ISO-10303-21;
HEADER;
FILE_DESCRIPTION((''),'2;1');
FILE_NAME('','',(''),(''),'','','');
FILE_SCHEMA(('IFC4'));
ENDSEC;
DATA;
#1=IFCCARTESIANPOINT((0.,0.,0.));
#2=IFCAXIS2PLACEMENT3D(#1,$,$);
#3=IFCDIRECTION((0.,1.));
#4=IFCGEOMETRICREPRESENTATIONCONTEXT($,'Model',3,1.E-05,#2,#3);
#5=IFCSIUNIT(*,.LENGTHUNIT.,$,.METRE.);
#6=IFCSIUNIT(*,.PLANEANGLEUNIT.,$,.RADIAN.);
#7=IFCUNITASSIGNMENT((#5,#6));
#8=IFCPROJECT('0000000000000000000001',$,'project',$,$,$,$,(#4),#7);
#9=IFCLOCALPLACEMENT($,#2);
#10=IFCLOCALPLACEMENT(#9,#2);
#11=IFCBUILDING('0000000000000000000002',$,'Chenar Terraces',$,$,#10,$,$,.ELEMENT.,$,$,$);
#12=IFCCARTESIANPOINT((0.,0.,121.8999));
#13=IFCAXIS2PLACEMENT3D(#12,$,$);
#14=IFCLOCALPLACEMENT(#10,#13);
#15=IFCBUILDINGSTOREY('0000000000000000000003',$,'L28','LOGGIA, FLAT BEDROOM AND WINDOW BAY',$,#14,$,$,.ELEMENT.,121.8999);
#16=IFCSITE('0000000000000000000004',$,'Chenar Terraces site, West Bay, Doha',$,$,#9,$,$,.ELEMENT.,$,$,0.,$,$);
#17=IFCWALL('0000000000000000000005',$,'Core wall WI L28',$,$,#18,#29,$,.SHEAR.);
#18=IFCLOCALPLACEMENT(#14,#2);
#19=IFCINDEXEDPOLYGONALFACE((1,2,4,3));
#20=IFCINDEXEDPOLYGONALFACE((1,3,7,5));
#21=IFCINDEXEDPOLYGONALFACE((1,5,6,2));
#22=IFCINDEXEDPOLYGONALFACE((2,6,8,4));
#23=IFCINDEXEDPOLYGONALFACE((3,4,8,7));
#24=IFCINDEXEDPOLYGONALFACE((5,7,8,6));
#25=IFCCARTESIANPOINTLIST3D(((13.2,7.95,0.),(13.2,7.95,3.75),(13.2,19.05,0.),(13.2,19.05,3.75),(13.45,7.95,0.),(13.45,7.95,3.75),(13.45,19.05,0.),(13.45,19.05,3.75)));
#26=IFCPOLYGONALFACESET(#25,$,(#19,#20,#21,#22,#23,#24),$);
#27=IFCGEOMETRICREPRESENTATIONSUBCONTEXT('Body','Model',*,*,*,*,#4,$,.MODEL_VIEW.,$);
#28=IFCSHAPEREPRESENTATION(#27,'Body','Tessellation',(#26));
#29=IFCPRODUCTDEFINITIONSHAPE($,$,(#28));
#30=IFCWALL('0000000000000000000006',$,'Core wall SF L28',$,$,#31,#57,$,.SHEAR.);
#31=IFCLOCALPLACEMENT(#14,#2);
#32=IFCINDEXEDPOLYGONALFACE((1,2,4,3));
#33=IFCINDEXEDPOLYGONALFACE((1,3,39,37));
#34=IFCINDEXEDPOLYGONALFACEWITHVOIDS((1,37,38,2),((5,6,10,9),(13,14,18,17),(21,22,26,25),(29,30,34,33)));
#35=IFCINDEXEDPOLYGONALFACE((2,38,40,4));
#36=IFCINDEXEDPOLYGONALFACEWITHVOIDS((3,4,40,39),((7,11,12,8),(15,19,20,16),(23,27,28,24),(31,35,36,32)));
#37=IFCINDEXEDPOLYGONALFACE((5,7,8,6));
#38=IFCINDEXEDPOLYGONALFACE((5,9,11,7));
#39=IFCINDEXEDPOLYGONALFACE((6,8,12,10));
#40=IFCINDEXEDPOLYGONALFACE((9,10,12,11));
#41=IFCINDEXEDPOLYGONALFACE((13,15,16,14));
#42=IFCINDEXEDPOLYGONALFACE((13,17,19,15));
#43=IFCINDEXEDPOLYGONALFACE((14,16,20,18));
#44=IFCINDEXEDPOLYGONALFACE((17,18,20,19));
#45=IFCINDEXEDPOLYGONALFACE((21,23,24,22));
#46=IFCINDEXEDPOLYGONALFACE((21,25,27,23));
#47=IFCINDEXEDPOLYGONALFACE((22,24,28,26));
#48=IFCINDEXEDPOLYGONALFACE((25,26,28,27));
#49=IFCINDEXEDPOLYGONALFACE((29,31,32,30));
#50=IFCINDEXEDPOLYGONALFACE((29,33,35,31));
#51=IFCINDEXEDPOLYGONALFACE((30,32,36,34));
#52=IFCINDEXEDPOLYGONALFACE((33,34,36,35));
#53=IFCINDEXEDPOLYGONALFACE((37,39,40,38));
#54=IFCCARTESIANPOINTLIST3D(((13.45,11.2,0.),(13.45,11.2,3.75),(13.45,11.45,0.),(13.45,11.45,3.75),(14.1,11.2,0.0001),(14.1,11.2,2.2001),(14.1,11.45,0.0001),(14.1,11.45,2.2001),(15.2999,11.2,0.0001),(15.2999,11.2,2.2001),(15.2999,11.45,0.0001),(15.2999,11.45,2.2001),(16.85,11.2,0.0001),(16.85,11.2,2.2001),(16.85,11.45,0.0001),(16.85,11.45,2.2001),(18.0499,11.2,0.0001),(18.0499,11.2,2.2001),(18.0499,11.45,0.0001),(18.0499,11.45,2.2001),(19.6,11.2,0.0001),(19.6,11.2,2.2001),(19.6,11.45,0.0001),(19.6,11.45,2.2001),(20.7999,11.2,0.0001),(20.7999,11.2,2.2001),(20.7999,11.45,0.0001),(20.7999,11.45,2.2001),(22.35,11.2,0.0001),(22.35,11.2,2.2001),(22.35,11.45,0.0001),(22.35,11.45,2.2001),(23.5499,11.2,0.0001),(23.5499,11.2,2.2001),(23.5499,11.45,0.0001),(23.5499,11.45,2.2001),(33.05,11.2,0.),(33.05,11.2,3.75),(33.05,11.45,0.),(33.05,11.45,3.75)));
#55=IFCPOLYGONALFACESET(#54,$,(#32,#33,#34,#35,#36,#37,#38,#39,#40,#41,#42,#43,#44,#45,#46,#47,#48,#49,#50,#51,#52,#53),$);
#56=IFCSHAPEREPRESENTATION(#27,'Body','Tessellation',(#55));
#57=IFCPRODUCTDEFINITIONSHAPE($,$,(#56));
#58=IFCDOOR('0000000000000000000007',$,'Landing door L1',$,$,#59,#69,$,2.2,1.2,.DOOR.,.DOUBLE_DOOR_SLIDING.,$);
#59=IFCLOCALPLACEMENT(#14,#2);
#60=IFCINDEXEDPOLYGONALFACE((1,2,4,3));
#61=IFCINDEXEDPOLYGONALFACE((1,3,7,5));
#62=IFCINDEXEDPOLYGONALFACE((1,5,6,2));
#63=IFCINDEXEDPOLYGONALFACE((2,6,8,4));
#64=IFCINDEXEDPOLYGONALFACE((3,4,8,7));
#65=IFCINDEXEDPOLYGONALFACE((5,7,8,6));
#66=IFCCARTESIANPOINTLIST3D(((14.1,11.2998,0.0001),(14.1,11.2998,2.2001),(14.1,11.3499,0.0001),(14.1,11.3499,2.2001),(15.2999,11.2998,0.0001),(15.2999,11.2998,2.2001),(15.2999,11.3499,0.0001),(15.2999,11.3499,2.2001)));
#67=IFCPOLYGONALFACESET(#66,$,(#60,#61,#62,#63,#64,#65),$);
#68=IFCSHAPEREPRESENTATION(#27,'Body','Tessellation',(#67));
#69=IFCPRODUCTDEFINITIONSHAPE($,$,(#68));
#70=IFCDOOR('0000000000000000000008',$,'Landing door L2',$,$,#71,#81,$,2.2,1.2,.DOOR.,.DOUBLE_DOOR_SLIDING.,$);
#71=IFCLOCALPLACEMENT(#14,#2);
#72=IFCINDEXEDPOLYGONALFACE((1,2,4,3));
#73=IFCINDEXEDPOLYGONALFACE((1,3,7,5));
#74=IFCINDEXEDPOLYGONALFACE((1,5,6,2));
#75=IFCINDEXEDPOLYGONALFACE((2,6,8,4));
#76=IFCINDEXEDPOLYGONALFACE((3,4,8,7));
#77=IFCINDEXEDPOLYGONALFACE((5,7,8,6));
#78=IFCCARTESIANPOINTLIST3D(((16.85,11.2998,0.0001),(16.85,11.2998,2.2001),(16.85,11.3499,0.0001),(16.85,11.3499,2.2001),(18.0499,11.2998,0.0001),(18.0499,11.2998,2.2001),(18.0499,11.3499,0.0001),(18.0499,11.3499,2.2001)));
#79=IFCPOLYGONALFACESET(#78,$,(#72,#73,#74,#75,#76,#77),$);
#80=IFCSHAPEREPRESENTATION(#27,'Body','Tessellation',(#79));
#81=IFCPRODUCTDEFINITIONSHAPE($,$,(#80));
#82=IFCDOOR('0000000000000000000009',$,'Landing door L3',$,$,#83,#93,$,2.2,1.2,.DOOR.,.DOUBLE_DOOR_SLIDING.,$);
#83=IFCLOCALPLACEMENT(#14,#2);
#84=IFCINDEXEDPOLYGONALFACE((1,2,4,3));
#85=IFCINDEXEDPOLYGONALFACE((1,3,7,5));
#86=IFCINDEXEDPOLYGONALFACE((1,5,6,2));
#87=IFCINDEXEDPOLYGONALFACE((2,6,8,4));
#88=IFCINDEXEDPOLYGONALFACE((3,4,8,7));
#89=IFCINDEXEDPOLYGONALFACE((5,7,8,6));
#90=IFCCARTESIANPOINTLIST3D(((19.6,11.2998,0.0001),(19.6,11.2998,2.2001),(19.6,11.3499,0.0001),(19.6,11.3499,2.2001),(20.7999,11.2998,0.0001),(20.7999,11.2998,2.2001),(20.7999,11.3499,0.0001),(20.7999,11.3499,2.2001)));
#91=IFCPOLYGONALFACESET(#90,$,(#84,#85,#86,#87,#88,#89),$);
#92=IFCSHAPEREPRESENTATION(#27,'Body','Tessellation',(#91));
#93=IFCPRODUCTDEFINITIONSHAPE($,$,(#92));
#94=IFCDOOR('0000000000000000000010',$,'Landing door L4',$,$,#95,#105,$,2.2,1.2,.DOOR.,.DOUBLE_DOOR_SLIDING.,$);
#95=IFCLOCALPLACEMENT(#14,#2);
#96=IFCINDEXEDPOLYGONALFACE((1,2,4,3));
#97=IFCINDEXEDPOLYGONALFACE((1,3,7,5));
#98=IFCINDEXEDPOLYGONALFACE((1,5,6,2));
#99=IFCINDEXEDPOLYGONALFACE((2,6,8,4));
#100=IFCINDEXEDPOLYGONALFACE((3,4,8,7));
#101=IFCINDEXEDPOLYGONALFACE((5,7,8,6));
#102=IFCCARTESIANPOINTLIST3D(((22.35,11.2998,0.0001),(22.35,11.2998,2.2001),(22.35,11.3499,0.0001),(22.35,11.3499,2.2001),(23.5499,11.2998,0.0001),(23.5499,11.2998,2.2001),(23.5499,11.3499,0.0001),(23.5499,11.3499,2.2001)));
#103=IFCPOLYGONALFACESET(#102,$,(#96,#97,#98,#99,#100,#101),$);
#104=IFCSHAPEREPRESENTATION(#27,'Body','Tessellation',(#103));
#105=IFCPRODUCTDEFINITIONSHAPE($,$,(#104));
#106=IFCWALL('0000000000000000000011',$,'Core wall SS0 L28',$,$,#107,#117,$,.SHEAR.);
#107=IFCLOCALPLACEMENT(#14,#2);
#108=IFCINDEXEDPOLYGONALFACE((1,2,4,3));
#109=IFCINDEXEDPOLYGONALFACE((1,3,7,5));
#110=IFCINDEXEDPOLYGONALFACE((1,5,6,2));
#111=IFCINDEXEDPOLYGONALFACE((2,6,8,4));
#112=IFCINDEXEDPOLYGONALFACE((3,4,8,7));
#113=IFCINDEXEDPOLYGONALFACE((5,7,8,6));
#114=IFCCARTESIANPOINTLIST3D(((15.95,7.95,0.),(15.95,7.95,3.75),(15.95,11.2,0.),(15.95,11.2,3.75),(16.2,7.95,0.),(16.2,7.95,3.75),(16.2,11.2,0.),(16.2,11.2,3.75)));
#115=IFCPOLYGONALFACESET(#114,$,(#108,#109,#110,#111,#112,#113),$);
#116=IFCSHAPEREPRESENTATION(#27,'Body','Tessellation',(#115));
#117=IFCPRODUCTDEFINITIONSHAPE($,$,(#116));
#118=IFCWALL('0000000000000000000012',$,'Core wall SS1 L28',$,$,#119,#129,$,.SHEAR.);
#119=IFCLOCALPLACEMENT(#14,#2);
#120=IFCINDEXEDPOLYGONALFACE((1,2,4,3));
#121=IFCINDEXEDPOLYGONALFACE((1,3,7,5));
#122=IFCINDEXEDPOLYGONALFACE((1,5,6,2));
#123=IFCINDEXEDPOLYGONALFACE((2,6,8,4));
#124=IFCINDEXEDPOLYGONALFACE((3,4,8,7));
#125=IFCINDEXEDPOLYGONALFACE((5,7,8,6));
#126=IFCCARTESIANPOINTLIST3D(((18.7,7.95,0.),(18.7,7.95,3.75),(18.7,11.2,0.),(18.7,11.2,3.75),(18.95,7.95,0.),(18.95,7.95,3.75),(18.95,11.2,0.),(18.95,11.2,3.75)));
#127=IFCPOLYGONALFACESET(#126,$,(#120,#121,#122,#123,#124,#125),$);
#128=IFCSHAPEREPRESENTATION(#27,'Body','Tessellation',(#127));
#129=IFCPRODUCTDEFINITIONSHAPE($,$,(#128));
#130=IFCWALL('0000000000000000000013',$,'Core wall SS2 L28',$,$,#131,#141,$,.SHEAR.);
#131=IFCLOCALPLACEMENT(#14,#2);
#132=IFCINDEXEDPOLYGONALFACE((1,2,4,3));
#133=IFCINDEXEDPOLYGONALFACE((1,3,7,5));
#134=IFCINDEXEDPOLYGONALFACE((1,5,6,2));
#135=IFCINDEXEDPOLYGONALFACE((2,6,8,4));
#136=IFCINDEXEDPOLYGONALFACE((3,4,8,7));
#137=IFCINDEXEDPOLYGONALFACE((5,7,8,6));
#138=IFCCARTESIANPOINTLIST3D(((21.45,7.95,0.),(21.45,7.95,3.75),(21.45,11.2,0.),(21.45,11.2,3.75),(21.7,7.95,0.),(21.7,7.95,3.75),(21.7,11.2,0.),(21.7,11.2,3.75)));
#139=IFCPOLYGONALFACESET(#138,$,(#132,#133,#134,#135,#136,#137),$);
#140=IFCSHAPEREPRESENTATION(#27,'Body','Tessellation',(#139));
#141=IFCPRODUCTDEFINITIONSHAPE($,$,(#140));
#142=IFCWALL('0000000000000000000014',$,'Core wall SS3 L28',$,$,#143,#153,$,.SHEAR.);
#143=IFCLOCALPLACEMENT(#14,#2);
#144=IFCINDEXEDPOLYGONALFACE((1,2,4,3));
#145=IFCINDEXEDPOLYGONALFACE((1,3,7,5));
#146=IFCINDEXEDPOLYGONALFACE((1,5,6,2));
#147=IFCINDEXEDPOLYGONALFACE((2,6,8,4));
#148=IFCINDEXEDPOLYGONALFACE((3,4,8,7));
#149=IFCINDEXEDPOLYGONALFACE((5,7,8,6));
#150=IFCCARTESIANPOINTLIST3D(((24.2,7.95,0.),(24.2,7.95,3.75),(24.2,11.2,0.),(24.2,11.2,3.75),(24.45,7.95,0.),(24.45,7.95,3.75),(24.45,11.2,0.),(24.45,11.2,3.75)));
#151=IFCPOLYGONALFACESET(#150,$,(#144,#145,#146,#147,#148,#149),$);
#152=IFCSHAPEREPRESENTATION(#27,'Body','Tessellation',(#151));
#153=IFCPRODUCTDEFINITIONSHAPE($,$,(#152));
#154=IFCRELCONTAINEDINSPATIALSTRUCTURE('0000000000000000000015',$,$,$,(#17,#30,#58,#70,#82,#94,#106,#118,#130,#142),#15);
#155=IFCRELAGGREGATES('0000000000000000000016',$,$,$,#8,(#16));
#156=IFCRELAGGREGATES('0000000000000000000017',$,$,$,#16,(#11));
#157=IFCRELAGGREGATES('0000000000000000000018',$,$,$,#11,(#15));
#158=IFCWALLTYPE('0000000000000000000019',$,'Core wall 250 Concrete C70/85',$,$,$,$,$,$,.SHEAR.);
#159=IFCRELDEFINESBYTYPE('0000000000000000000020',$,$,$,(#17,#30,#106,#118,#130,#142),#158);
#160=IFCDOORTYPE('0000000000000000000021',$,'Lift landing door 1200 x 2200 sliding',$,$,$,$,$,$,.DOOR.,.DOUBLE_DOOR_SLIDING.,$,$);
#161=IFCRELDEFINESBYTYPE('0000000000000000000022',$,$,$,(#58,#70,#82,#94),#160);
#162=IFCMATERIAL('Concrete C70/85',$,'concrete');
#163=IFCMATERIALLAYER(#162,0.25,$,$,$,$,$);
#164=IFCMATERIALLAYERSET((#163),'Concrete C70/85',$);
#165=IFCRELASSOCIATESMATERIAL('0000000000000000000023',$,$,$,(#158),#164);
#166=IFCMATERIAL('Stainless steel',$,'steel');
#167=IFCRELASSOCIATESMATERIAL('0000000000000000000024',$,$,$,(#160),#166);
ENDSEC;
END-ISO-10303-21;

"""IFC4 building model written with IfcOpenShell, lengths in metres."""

from ifc_helpers import new_model, si_unit, direction, frame, frame_2d, origin, place, context, subcontext, project, spatial, rectangle, extrude, material, layer, layer_set, type_object, element, fill, save


model = new_model("IFC4")

# Units and contexts
model_context = context("Model", 3, precision=1e-05, world=origin(), true_north=direction((0.0, 1.0)))
body_context = subcontext(model_context, "Body", "Model", "MODEL_VIEW")
ifc_project = project(units=[si_unit("LENGTHUNIT", "METRE"), si_unit("PLANEANGLEUNIT", "RADIAN")], contexts=[model_context])

# Site, building, storey
site_placement = place(None, origin())
site = spatial("IfcSite", under=ifc_project, at=site_placement, Name="Chenar Terraces site, West Bay, Doha", CompositionType="ELEMENT", RefElevation=0.0)
building_placement = place(site_placement, origin())
building = spatial("IfcBuilding", under=site, at=building_placement, Name="Chenar Terraces", CompositionType="ELEMENT")
storey_placement = place(building_placement, frame((0.0, 0.0, 121.8999)))
storey = spatial("IfcBuildingStorey", under=building, at=storey_placement, Name="L28", Description="LOGGIA, FLAT BEDROOM AND WINDOW BAY", CompositionType="ELEMENT", Elevation=121.8999)

# Wall
ifc_material_1 = material(Name="Concrete C70/85", Category="concrete")
ifc_layer_1 = layer(ifc_material_1, 0.25)
ifc_layer_set_1 = layer_set([ifc_layer_1], Name="Concrete C70/85")
wall_type_1 = type_object("IfcWallType", Name="Core wall 250 Concrete C70/85", PredefinedType="SHEAR", material=ifc_layer_set_1)
wall_1_placement = place(storey_placement, frame((13.325, 7.95, 0.0), z_axis=(0.0, 0.0, 1.0), x_axis=(0.0, 1.0, 0.0)))
element("IfcWall", 1, at=wall_1_placement, inside=storey, type_object=wall_type_1, Name="Core wall WI L28", PredefinedType="SHEAR", context=body_context, shape_type="SweptSolid", body=[
    extrude(rectangle(XDim=11.1001, YDim=0.25, at=frame_2d((5.55, 0.0))), origin(), (0.0, 0.0, 1.0), 3.75),
])

# Wall, openings, doors
wall_2_placement = place(storey_placement, frame((13.45, 11.325, 0.0), z_axis=(0.0, 0.0, 1.0), x_axis=(1.0, 0.0, 0.0)))
wall_2 = element("IfcWall", 2, at=wall_2_placement, inside=storey, type_object=wall_type_1, Name="Core wall SF L28", PredefinedType="SHEAR", context=body_context, shape_type="SweptSolid", body=[
    extrude(rectangle(XDim=19.6001, YDim=0.25, at=frame_2d((9.8, 0.0))), origin(), (0.0, 0.0, 1.0), 3.75),
])
opening_1_placement = place(wall_2_placement, frame((0.6499, 0.0, 0.0)))
opening_1 = element("IfcOpeningElement", 3, at=opening_1_placement, cuts=wall_2, PredefinedType="OPENING", context=body_context, shape_type="SweptSolid", body=[
    extrude(rectangle(XDim=1.2, YDim=2.2, at=frame_2d((0.6001, 1.1001))), frame((0.0, 0.135, 0.0), z_axis=(0.0, -1.0, 0.0), x_axis=(1.0, 0.0, 0.0)), (0.0, 0.0, 1.0), 0.27),
])
opening_2_placement = place(wall_2_placement, frame((3.3999, 0.0, 0.0)))
opening_2 = element("IfcOpeningElement", 4, at=opening_2_placement, cuts=wall_2, PredefinedType="OPENING", context=body_context, shape_type="SweptSolid", body=[
    extrude(rectangle(XDim=1.2, YDim=2.2, at=frame_2d((0.6001, 1.1001))), frame((0.0, 0.135, 0.0), z_axis=(0.0, -1.0, 0.0), x_axis=(1.0, 0.0, 0.0)), (0.0, 0.0, 1.0), 0.27),
])
opening_3_placement = place(wall_2_placement, frame((6.1499, 0.0, 0.0)))
opening_3 = element("IfcOpeningElement", 5, at=opening_3_placement, cuts=wall_2, PredefinedType="OPENING", context=body_context, shape_type="SweptSolid", body=[
    extrude(rectangle(XDim=1.2, YDim=2.2, at=frame_2d((0.6001, 1.1001))), frame((0.0, 0.135, 0.0), z_axis=(0.0, -1.0, 0.0), x_axis=(1.0, 0.0, 0.0)), (0.0, 0.0, 1.0), 0.27),
])
opening_4_placement = place(wall_2_placement, frame((8.8999, 0.0, 0.0)))
opening_4 = element("IfcOpeningElement", 6, at=opening_4_placement, cuts=wall_2, PredefinedType="OPENING", context=body_context, shape_type="SweptSolid", body=[
    extrude(rectangle(XDim=1.2, YDim=2.2, at=frame_2d((0.6001, 1.1001))), frame((0.0, 0.135, 0.0), z_axis=(0.0, -1.0, 0.0), x_axis=(1.0, 0.0, 0.0)), (0.0, 0.0, 1.0), 0.27),
])
ifc_material_2 = material(Name="Stainless steel", Category="steel")
door_type_1 = type_object("IfcDoorType", Name="Lift landing door 1200 x 2200 sliding", OperationType="DOUBLE_DOOR_SLIDING", PredefinedType="DOOR", material=ifc_material_2)
door_1_placement = place(opening_1_placement, origin())
door_1 = element("IfcDoor", 7, at=door_1_placement, inside=storey, type_object=door_type_1, Name="Landing door L1", OperationType="DOUBLE_DOOR_SLIDING", OverallHeight=2.2, OverallWidth=1.2, PredefinedType="DOOR", context=body_context, shape_type="SweptSolid", body=[
    extrude(rectangle(XDim=1.2, YDim=2.2, at=frame_2d((0.6001, 1.1001))), frame((0.0, 0.0249, 0.0), z_axis=(0.0, -1.0, 0.0), x_axis=(1.0, 0.0, 0.0)), (0.0, 0.0, 1.0), 0.05),
])
fill(opening_1, door_1)
door_2_placement = place(opening_2_placement, origin())
door_2 = element("IfcDoor", 8, at=door_2_placement, inside=storey, type_object=door_type_1, Name="Landing door L2", OperationType="DOUBLE_DOOR_SLIDING", OverallHeight=2.2, OverallWidth=1.2, PredefinedType="DOOR", context=body_context, shape_type="SweptSolid", body=[
    extrude(rectangle(XDim=1.2, YDim=2.2, at=frame_2d((0.6001, 1.1001))), frame((0.0, 0.0249, 0.0), z_axis=(0.0, -1.0, 0.0), x_axis=(1.0, 0.0, 0.0)), (0.0, 0.0, 1.0), 0.05),
])
fill(opening_2, door_2)
door_3_placement = place(opening_3_placement, origin())
door_3 = element("IfcDoor", 9, at=door_3_placement, inside=storey, type_object=door_type_1, Name="Landing door L3", OperationType="DOUBLE_DOOR_SLIDING", OverallHeight=2.2, OverallWidth=1.2, PredefinedType="DOOR", context=body_context, shape_type="SweptSolid", body=[
    extrude(rectangle(XDim=1.2, YDim=2.2, at=frame_2d((0.6001, 1.1001))), frame((0.0, 0.0249, 0.0), z_axis=(0.0, -1.0, 0.0), x_axis=(1.0, 0.0, 0.0)), (0.0, 0.0, 1.0), 0.05),
])
fill(opening_3, door_3)
door_4_placement = place(opening_4_placement, origin())
door_4 = element("IfcDoor", 10, at=door_4_placement, inside=storey, type_object=door_type_1, Name="Landing door L4", OperationType="DOUBLE_DOOR_SLIDING", OverallHeight=2.2, OverallWidth=1.2, PredefinedType="DOOR", context=body_context, shape_type="SweptSolid", body=[
    extrude(rectangle(XDim=1.2, YDim=2.2, at=frame_2d((0.6001, 1.1001))), frame((0.0, 0.0249, 0.0), z_axis=(0.0, -1.0, 0.0), x_axis=(1.0, 0.0, 0.0)), (0.0, 0.0, 1.0), 0.05),
])
fill(opening_4, door_4)

# Walls
for number, where, z_axis, x_axis, name in (
    (11, (16.075, 7.95, 0.0), (0.0, 0.0, 1.0), (0.0, 1.0, 0.0), "Core wall SS0 L28"),
    (12, (18.825, 7.95, 0.0), (0.0, 0.0, 1.0), (0.0, 1.0, 0.0), "Core wall SS1 L28"),
    (13, (21.575, 7.95, 0.0), (0.0, 0.0, 1.0), (0.0, 1.0, 0.0), "Core wall SS2 L28"),
    (14, (24.325, 7.95, 0.0), (0.0, 0.0, 1.0), (0.0, 1.0, 0.0), "Core wall SS3 L28"),
):
    element("IfcWall", number, at=place(storey_placement, frame(where, z_axis=z_axis, x_axis=x_axis)), inside=storey, type_object=wall_type_1, Name=name, PredefinedType="SHEAR", context=body_context, shape_type="SweptSolid", body=[
        extrude(rectangle(XDim=3.25, YDim=0.25, at=frame_2d((1.625, 0.0))), origin(), (0.0, 0.0, 1.0), 3.75),
    ])

save(model, "model.ifc")
